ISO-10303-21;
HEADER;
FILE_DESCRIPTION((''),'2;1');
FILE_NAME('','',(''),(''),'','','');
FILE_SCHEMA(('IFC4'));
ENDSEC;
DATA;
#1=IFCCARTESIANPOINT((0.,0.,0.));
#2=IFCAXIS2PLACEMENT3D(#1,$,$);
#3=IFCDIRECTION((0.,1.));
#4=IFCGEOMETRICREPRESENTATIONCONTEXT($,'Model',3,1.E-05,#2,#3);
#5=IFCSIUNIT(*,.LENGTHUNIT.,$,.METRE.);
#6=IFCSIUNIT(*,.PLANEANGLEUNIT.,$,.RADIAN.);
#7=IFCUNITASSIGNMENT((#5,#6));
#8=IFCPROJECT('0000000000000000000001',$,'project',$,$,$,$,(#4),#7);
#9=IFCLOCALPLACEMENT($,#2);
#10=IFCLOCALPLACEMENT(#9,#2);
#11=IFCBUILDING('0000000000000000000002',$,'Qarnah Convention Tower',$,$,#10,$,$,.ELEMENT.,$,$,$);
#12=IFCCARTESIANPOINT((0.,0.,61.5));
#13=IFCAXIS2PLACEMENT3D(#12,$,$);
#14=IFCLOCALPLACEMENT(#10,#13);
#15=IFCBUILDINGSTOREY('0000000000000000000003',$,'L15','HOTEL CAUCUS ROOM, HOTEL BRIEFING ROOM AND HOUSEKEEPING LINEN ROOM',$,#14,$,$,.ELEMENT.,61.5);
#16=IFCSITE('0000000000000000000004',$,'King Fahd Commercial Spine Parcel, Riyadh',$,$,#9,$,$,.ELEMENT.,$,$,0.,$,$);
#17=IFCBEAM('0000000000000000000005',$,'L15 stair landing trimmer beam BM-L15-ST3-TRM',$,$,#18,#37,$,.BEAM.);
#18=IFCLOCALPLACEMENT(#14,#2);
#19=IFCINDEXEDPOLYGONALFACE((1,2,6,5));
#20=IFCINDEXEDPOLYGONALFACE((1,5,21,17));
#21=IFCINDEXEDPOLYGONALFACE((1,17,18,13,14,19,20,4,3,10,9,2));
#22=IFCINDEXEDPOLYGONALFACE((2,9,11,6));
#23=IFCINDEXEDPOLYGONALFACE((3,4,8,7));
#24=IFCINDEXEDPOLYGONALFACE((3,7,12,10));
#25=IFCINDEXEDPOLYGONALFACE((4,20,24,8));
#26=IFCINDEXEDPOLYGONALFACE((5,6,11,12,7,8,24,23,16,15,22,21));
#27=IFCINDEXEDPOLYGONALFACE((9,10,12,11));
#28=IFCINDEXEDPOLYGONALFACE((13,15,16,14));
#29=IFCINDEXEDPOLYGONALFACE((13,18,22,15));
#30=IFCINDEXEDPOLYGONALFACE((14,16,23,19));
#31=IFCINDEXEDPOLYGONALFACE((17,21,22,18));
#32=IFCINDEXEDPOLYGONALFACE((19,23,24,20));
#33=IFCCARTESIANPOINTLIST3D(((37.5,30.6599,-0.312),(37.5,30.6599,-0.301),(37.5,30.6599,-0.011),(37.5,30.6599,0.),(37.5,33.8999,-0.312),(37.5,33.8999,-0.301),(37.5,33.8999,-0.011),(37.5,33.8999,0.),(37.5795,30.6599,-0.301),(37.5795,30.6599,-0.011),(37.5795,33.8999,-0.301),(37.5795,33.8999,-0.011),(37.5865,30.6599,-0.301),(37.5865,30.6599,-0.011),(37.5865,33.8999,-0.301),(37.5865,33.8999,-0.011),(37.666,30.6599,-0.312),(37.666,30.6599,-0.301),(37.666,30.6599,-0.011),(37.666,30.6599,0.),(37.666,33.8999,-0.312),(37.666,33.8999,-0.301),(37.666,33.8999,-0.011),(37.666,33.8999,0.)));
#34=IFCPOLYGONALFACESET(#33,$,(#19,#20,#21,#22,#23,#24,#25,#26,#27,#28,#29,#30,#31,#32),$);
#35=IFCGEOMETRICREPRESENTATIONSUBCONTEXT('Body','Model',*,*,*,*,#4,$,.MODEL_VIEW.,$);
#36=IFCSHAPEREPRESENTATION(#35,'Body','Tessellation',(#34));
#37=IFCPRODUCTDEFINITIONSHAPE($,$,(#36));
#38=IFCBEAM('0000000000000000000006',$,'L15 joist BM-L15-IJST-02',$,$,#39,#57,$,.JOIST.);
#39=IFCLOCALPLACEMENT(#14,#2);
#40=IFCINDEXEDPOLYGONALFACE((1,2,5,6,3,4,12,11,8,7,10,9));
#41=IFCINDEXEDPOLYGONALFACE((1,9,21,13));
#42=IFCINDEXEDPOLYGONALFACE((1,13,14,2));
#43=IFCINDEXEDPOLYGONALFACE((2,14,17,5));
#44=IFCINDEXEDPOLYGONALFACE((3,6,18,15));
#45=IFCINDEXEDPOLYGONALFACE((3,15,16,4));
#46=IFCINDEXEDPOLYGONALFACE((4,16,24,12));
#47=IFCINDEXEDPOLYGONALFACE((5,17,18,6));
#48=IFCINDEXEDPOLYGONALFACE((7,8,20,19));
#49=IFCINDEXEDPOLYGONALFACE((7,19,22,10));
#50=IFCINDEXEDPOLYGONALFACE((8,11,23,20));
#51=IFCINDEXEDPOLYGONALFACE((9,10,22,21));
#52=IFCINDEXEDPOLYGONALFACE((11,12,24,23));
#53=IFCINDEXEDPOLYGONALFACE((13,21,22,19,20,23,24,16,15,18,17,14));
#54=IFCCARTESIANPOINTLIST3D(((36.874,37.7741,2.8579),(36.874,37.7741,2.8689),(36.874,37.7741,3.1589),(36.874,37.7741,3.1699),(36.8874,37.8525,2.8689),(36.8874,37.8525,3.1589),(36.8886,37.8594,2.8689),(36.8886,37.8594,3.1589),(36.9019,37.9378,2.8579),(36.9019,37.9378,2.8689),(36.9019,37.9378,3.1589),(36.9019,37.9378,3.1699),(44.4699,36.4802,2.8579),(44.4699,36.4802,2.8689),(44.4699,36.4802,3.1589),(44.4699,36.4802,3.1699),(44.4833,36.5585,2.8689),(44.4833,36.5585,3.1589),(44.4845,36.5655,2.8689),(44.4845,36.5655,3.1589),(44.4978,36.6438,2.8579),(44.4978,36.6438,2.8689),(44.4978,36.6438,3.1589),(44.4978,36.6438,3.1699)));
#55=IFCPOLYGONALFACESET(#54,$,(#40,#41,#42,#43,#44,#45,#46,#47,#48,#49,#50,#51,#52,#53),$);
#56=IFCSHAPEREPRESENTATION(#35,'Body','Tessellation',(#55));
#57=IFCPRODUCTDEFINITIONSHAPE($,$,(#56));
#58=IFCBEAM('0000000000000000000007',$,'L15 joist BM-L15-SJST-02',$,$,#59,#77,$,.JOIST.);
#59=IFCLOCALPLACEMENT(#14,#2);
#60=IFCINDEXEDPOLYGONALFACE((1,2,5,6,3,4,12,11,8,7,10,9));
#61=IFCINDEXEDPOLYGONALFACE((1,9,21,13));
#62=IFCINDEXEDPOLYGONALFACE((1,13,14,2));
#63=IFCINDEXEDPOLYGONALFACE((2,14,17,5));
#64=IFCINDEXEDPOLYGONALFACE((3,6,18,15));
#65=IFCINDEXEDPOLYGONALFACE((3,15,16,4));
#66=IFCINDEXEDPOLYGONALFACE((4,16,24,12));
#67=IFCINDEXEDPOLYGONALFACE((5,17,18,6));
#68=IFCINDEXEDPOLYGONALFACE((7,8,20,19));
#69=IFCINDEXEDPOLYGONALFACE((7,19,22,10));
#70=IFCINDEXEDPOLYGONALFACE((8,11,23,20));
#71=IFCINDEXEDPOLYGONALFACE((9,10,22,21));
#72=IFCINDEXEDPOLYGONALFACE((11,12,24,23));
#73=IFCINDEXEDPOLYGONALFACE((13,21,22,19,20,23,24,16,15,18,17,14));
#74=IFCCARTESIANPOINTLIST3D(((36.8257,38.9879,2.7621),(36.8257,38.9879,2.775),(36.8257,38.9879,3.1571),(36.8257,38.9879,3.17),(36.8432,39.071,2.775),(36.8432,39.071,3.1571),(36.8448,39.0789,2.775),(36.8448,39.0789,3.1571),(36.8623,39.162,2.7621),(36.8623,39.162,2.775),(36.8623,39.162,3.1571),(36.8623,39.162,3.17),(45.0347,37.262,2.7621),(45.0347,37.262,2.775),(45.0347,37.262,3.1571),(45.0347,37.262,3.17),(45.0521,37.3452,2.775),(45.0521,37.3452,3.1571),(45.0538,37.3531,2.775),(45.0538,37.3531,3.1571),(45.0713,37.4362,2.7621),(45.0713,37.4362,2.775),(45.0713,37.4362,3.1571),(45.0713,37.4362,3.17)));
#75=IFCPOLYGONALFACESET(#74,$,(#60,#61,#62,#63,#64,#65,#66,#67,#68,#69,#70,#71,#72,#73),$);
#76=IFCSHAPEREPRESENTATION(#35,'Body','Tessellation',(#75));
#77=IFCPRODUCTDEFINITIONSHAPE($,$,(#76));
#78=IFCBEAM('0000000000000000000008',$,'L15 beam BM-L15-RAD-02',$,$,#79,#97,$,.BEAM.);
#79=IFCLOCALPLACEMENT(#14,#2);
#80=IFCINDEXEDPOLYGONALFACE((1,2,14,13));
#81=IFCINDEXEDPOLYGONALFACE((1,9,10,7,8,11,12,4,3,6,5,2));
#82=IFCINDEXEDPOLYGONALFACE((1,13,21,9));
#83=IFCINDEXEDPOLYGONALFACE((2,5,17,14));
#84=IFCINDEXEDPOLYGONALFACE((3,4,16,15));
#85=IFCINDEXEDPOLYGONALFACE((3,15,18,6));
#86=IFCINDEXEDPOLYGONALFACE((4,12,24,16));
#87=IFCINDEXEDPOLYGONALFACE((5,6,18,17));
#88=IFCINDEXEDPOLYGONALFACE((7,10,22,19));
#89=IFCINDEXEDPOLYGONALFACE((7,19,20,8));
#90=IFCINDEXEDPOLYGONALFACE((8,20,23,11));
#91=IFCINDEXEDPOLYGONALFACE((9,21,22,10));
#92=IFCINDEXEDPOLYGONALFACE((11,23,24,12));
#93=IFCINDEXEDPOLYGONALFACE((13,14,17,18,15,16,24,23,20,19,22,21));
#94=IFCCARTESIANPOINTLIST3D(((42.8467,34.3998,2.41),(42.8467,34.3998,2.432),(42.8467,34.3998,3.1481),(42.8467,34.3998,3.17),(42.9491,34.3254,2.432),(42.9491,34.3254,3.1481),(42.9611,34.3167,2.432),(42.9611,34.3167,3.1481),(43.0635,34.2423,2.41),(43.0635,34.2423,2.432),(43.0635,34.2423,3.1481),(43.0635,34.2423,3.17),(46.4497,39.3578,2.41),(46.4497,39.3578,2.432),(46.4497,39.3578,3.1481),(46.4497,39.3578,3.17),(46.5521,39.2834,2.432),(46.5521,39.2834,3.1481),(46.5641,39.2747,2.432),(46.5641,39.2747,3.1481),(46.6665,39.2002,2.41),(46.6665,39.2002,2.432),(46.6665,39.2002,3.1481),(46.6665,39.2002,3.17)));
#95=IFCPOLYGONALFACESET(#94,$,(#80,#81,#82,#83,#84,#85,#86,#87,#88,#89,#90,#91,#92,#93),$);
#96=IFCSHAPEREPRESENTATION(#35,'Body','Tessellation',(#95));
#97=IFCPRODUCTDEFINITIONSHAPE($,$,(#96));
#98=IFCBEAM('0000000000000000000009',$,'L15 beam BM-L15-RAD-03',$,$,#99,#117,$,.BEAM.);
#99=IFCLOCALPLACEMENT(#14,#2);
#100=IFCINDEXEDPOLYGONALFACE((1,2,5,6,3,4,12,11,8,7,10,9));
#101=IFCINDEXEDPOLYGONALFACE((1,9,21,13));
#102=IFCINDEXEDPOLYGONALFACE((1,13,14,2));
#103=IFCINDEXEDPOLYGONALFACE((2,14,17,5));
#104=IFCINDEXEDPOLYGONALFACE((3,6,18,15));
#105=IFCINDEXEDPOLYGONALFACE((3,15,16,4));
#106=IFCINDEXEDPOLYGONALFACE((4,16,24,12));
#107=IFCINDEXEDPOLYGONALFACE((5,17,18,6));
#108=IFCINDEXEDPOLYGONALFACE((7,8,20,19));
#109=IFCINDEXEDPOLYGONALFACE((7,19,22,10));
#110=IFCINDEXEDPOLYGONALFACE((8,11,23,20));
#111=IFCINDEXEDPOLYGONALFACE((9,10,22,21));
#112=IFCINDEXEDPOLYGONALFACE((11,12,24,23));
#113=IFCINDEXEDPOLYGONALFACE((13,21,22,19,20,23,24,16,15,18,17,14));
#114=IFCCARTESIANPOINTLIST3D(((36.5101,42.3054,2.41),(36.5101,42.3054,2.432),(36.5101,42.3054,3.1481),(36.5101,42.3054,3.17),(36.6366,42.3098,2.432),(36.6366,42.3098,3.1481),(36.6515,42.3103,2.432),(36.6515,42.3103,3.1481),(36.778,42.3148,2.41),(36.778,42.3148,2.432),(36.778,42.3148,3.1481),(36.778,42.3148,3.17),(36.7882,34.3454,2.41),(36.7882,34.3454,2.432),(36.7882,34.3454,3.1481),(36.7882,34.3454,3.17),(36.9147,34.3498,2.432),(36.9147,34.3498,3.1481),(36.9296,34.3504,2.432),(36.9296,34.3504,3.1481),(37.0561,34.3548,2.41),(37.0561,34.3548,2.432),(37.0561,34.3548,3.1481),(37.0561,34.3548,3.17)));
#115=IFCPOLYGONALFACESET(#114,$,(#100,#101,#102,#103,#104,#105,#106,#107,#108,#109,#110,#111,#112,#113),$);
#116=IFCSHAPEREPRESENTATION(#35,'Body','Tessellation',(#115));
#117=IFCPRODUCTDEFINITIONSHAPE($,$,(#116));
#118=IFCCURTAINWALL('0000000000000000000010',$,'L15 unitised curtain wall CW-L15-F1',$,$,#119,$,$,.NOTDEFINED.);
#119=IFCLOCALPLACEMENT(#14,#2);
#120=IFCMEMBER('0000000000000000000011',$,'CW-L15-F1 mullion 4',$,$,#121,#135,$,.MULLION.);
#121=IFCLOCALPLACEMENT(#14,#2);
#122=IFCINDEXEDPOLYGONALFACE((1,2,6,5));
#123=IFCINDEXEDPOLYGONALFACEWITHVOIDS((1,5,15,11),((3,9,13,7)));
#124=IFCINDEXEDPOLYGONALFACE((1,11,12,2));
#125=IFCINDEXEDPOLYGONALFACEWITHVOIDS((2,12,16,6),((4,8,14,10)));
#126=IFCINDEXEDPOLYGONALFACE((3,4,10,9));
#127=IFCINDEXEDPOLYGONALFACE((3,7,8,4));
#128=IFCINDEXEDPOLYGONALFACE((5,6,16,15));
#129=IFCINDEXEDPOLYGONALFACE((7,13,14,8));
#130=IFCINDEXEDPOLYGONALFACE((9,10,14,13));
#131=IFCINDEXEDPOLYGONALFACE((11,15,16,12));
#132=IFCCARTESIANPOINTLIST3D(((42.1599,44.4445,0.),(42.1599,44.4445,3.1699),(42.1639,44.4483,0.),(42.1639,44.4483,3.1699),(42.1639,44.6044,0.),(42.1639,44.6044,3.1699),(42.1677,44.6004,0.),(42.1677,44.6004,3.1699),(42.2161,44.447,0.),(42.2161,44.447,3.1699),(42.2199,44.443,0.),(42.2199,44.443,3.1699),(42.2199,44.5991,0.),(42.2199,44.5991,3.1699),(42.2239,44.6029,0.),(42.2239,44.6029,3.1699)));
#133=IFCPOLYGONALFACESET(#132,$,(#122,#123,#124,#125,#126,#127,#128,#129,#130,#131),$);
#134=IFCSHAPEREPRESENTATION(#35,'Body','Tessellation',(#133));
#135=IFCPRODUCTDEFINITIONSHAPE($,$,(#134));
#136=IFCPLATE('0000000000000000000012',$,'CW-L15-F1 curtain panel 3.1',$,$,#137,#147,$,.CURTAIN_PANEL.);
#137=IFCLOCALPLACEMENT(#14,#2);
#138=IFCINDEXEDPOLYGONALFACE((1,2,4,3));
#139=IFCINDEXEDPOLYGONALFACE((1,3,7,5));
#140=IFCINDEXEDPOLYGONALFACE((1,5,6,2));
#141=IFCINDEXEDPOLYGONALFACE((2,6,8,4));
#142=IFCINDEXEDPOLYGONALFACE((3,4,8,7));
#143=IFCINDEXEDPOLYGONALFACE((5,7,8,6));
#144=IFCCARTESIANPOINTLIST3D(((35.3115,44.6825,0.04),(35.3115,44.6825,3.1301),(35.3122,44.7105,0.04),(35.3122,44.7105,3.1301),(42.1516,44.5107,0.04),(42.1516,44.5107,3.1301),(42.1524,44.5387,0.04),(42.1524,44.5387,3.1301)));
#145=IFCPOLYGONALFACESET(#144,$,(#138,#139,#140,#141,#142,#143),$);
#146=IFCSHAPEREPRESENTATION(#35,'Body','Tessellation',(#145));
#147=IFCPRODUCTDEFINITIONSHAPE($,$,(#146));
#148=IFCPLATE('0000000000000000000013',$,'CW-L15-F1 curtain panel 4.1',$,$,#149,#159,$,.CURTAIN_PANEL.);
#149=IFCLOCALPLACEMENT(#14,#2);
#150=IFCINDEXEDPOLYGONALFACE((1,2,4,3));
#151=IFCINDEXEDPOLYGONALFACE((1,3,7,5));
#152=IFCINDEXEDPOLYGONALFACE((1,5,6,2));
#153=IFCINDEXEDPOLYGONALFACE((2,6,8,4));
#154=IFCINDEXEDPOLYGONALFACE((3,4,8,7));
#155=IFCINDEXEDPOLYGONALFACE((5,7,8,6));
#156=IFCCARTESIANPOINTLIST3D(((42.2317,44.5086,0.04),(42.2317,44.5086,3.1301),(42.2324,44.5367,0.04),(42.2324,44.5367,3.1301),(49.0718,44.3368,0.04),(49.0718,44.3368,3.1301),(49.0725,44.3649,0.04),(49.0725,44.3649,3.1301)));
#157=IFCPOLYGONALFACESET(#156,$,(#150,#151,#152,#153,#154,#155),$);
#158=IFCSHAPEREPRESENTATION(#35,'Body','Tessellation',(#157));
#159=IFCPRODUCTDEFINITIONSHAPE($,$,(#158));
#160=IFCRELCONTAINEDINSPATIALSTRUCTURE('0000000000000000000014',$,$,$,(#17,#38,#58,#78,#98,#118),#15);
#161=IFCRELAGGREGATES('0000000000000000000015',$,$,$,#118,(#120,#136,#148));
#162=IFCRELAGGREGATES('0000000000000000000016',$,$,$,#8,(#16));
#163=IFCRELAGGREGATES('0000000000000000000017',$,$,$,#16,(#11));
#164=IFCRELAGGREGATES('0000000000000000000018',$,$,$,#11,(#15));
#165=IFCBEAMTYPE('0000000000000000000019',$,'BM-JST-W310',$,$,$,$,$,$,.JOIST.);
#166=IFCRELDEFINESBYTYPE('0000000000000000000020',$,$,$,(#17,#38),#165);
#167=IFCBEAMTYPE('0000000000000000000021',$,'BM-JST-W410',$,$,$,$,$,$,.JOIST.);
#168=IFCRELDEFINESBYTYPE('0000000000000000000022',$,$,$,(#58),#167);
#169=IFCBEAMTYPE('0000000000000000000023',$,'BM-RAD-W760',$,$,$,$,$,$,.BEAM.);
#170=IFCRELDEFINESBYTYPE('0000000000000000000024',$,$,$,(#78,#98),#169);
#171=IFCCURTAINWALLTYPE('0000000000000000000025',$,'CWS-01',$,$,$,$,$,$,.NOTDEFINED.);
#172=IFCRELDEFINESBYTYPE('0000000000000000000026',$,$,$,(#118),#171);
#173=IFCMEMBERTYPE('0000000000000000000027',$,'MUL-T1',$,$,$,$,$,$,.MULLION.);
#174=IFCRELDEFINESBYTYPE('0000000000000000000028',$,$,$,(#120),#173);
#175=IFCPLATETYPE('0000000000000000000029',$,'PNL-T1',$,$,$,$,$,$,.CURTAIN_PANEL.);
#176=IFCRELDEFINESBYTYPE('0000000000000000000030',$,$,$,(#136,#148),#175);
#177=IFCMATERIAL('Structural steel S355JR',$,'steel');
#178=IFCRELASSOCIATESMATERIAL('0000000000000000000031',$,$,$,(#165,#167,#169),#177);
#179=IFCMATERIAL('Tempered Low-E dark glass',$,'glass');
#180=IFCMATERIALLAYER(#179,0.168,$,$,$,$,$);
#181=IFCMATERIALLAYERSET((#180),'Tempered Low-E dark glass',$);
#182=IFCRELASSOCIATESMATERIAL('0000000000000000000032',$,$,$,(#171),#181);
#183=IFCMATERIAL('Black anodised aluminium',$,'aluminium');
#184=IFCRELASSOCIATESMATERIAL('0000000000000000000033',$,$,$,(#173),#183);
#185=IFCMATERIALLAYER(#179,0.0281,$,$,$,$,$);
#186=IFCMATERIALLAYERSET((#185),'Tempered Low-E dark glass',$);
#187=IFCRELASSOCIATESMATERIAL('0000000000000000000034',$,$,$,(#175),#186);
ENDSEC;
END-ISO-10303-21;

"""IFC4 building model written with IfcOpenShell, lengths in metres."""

from ifc_helpers import new_model, si_unit, direction, frame, origin, origin_2d, place, context, subcontext, project, spatial, rectangle, hollow_rectangle, i_section, extrude, material, layer, layer_set, material_profile, profile_set, type_object, element, aggregate, save


model = new_model("IFC4")

# Units and contexts
model_context = context("Model", 3, precision=1e-05, world=origin(), true_north=direction((0.0, 1.0)))
body_context = subcontext(model_context, "Body", "Model", "MODEL_VIEW")
ifc_project = project(units=[si_unit("LENGTHUNIT", "METRE"), si_unit("PLANEANGLEUNIT", "RADIAN")], contexts=[model_context])

# Site, building, storey
site_placement = place(None, origin())
site = spatial("IfcSite", under=ifc_project, at=site_placement, Name="King Fahd Commercial Spine Parcel, Riyadh", CompositionType="ELEMENT", RefElevation=0.0)
building_placement = place(site_placement, origin())
building = spatial("IfcBuilding", under=site, at=building_placement, Name="Qarnah Convention Tower", CompositionType="ELEMENT")
storey_placement = place(building_placement, frame((0.0, 0.0, 61.5)))
storey = spatial("IfcBuildingStorey", under=building, at=storey_placement, Name="L15", Description="HOTEL CAUCUS ROOM, HOTEL BRIEFING ROOM AND HOUSEKEEPING LINEN ROOM", CompositionType="ELEMENT", Elevation=61.5)

# Beams
ifc_material_1 = material(Name="Structural steel S355JR", Category="steel")
ifc_material_profile_1 = material_profile(ifc_material_1, i_section(OverallWidth=0.166, OverallDepth=0.312, WebThickness=0.0071, FlangeThickness=0.011, at=origin_2d()), Name="W310X45")
ifc_profile_set_1 = profile_set([ifc_material_profile_1], Name="Structural steel S355JR")
beam_type_1 = type_object("IfcBeamType", Name="BM-JST-W310", PredefinedType="JOIST", material=ifc_profile_set_1)
beam_1_placement = place(storey_placement, frame((37.583, 30.6599, -0.156), z_axis=(0.0, 1.0, 0.0), x_axis=(-1.0, 0.0, 0.0)))
element("IfcBeam", 1, at=beam_1_placement, inside=storey, type_object=beam_type_1, Name="L15 stair landing trimmer beam BM-L15-ST3-TRM", PredefinedType="BEAM", context=body_context, shape_type="SweptSolid", body=[
    extrude(i_section(OverallWidth=0.166, OverallDepth=0.312, WebThickness=0.0071, FlangeThickness=0.011, at=origin_2d()), origin(), (0.0, 0.0, 1.0), 3.24),
])
beam_2_placement = place(storey_placement, frame((44.4839, 36.562, 3.0139), z_axis=(-0.985799, 0.167928, 0.0), x_axis=(-0.167928, -0.985799, 0.0)))
element("IfcBeam", 2, at=beam_2_placement, inside=storey, type_object=beam_type_1, Name="L15 joist BM-L15-IJST-02", PredefinedType="JOIST", context=body_context, shape_type="SweptSolid", body=[
    extrude(i_section(OverallWidth=0.166, OverallDepth=0.312, WebThickness=0.0071, FlangeThickness=0.011, at=origin_2d()), origin(), (0.0, 0.0, 1.0), 7.7053),
])
ifc_material_profile_2 = material_profile(ifc_material_1, i_section(OverallWidth=0.178, OverallDepth=0.408, WebThickness=0.0081, FlangeThickness=0.0129, at=origin_2d()), Name="W410X60")
ifc_profile_set_2 = profile_set([ifc_material_profile_2], Name="Structural steel S355JR")
beam_type_2 = type_object("IfcBeamType", Name="BM-JST-W410", PredefinedType="JOIST", material=ifc_profile_set_2)
beam_3_placement = place(storey_placement, frame((45.053, 37.3491, 2.9661), z_axis=(-0.978607, 0.205739, 0.0), x_axis=(-0.205739, -0.978607, 0.0)))
element("IfcBeam", 3, at=beam_3_placement, inside=storey, type_object=beam_type_2, Name="L15 joist BM-L15-SJST-02", PredefinedType="JOIST", context=body_context, shape_type="SweptSolid", body=[
    extrude(i_section(OverallWidth=0.178, OverallDepth=0.408, WebThickness=0.0081, FlangeThickness=0.0129, at=origin_2d()), origin(), (0.0, 0.0, 1.0), 8.3884),
])
ifc_material_profile_3 = material_profile(ifc_material_1, i_section(OverallWidth=0.2681, OverallDepth=0.76, WebThickness=0.0149, FlangeThickness=0.022, at=origin_2d()), Name="W760X185")
ifc_profile_set_3 = profile_set([ifc_material_profile_3], Name="Structural steel S355JR")
beam_type_3 = type_object("IfcBeamType", Name="BM-RAD-W760", PredefinedType="BEAM", material=ifc_profile_set_3)
beam_4_placement = place(storey_placement, frame((42.9551, 34.321, 2.79), z_axis=(0.587873, 0.808953, 0.0), x_axis=(-0.808953, 0.587873, 0.0)))
element("IfcBeam", 4, at=beam_4_placement, inside=storey, type_object=beam_type_3, Name="L15 beam BM-L15-RAD-02", PredefinedType="BEAM", context=body_context, shape_type="SweptSolid", body=[
    extrude(i_section(OverallWidth=0.2681, OverallDepth=0.76, WebThickness=0.0149, FlangeThickness=0.022, at=origin_2d()), origin(), (0.0, 0.0, 1.0), 6.1289),
])
beam_5_placement = place(storey_placement, frame((36.9221, 34.3501, 2.79), z_axis=(-0.034913, 0.99939, 0.0), x_axis=(-0.99939, -0.034913, 0.0)))
element("IfcBeam", 5, at=beam_5_placement, inside=storey, type_object=beam_type_3, Name="L15 beam BM-L15-RAD-03", PredefinedType="BEAM", context=body_context, shape_type="SweptSolid", body=[
    extrude(i_section(OverallWidth=0.2681, OverallDepth=0.76, WebThickness=0.0149, FlangeThickness=0.022, at=origin_2d()), origin(), (0.0, 0.0, 1.0), 7.9648),
])

# Curtain wall, member, plates
ifc_material_2 = material(Name="Tempered Low-E dark glass", Category="glass")
ifc_layer_1 = layer(ifc_material_2, 0.168)
ifc_layer_set_1 = layer_set([ifc_layer_1], Name="Tempered Low-E dark glass")
curtain_wall_type = type_object("IfcCurtainWallType", Name="CWS-01", PredefinedType="NOTDEFINED", material=ifc_layer_set_1)
curtain_wall_placement = place(storey_placement, origin())
curtain_wall = element("IfcCurtainWall", 6, at=curtain_wall_placement, inside=storey, type_object=curtain_wall_type, Name="L15 unitised curtain wall CW-L15-F1", PredefinedType="NOTDEFINED")
ifc_material_3 = material(Name="Black anodised aluminium", Category="aluminium")
ifc_material_profile_4 = material_profile(ifc_material_3, hollow_rectangle(XDim=0.0601, YDim=0.1599, WallThickness=0.0039, at=origin_2d()), Name="MUL-60X160")
ifc_profile_set_4 = profile_set([ifc_material_profile_4], Name="Black anodised aluminium")
member_type = type_object("IfcMemberType", Name="MUL-T1", PredefinedType="MULLION", material=ifc_profile_set_4)
member_placement = place(storey_placement, frame((42.1919, 44.5237, 0.0), z_axis=(0.0, 0.0, 1.0), x_axis=(0.999685, -0.025108, 0.0)))
member = element("IfcMember", 7, at=member_placement, type_object=member_type, Name="CW-L15-F1 mullion 4", PredefinedType="MULLION", context=body_context, shape_type="SweptSolid", body=[
    extrude(hollow_rectangle(XDim=0.0601, YDim=0.1599, WallThickness=0.0039, at=origin_2d()), origin(), (0.0, 0.0, 1.0), 3.1699),
])
ifc_layer_2 = layer(ifc_material_2, 0.0281)
ifc_layer_set_2 = layer_set([ifc_layer_2], Name="Tempered Low-E dark glass")
plate_type = type_object("IfcPlateType", Name="PNL-T1", PredefinedType="CURTAIN_PANEL", material=ifc_layer_set_2)
plate_1_placement = place(storey_placement, frame((38.7319, 44.6106, 0.04), z_axis=(0.0, 0.0, 1.0), x_axis=(0.999685, -0.025108, 0.0)))
plate_1 = element("IfcPlate", 8, at=plate_1_placement, type_object=plate_type, Name="CW-L15-F1 curtain panel 3.1", PredefinedType="CURTAIN_PANEL", context=body_context, shape_type="SweptSolid", body=[
    extrude(rectangle(XDim=6.8423, YDim=0.0281, at=origin_2d()), origin(), (0.0, 0.0, 1.0), 3.0901),
])
plate_2_placement = place(storey_placement, frame((45.6521, 44.4368, 0.04), z_axis=(0.0, 0.0, 1.0), x_axis=(0.999685, -0.025108, 0.0)))
plate_2 = element("IfcPlate", 9, at=plate_2_placement, type_object=plate_type, Name="CW-L15-F1 curtain panel 4.1", PredefinedType="CURTAIN_PANEL", context=body_context, shape_type="SweptSolid", body=[
    extrude(rectangle(XDim=6.8423, YDim=0.0281, at=origin_2d()), origin(), (0.0, 0.0, 1.0), 3.0901),
])
aggregate(curtain_wall, [member, plate_1, plate_2])

save(model, "model.ifc")
